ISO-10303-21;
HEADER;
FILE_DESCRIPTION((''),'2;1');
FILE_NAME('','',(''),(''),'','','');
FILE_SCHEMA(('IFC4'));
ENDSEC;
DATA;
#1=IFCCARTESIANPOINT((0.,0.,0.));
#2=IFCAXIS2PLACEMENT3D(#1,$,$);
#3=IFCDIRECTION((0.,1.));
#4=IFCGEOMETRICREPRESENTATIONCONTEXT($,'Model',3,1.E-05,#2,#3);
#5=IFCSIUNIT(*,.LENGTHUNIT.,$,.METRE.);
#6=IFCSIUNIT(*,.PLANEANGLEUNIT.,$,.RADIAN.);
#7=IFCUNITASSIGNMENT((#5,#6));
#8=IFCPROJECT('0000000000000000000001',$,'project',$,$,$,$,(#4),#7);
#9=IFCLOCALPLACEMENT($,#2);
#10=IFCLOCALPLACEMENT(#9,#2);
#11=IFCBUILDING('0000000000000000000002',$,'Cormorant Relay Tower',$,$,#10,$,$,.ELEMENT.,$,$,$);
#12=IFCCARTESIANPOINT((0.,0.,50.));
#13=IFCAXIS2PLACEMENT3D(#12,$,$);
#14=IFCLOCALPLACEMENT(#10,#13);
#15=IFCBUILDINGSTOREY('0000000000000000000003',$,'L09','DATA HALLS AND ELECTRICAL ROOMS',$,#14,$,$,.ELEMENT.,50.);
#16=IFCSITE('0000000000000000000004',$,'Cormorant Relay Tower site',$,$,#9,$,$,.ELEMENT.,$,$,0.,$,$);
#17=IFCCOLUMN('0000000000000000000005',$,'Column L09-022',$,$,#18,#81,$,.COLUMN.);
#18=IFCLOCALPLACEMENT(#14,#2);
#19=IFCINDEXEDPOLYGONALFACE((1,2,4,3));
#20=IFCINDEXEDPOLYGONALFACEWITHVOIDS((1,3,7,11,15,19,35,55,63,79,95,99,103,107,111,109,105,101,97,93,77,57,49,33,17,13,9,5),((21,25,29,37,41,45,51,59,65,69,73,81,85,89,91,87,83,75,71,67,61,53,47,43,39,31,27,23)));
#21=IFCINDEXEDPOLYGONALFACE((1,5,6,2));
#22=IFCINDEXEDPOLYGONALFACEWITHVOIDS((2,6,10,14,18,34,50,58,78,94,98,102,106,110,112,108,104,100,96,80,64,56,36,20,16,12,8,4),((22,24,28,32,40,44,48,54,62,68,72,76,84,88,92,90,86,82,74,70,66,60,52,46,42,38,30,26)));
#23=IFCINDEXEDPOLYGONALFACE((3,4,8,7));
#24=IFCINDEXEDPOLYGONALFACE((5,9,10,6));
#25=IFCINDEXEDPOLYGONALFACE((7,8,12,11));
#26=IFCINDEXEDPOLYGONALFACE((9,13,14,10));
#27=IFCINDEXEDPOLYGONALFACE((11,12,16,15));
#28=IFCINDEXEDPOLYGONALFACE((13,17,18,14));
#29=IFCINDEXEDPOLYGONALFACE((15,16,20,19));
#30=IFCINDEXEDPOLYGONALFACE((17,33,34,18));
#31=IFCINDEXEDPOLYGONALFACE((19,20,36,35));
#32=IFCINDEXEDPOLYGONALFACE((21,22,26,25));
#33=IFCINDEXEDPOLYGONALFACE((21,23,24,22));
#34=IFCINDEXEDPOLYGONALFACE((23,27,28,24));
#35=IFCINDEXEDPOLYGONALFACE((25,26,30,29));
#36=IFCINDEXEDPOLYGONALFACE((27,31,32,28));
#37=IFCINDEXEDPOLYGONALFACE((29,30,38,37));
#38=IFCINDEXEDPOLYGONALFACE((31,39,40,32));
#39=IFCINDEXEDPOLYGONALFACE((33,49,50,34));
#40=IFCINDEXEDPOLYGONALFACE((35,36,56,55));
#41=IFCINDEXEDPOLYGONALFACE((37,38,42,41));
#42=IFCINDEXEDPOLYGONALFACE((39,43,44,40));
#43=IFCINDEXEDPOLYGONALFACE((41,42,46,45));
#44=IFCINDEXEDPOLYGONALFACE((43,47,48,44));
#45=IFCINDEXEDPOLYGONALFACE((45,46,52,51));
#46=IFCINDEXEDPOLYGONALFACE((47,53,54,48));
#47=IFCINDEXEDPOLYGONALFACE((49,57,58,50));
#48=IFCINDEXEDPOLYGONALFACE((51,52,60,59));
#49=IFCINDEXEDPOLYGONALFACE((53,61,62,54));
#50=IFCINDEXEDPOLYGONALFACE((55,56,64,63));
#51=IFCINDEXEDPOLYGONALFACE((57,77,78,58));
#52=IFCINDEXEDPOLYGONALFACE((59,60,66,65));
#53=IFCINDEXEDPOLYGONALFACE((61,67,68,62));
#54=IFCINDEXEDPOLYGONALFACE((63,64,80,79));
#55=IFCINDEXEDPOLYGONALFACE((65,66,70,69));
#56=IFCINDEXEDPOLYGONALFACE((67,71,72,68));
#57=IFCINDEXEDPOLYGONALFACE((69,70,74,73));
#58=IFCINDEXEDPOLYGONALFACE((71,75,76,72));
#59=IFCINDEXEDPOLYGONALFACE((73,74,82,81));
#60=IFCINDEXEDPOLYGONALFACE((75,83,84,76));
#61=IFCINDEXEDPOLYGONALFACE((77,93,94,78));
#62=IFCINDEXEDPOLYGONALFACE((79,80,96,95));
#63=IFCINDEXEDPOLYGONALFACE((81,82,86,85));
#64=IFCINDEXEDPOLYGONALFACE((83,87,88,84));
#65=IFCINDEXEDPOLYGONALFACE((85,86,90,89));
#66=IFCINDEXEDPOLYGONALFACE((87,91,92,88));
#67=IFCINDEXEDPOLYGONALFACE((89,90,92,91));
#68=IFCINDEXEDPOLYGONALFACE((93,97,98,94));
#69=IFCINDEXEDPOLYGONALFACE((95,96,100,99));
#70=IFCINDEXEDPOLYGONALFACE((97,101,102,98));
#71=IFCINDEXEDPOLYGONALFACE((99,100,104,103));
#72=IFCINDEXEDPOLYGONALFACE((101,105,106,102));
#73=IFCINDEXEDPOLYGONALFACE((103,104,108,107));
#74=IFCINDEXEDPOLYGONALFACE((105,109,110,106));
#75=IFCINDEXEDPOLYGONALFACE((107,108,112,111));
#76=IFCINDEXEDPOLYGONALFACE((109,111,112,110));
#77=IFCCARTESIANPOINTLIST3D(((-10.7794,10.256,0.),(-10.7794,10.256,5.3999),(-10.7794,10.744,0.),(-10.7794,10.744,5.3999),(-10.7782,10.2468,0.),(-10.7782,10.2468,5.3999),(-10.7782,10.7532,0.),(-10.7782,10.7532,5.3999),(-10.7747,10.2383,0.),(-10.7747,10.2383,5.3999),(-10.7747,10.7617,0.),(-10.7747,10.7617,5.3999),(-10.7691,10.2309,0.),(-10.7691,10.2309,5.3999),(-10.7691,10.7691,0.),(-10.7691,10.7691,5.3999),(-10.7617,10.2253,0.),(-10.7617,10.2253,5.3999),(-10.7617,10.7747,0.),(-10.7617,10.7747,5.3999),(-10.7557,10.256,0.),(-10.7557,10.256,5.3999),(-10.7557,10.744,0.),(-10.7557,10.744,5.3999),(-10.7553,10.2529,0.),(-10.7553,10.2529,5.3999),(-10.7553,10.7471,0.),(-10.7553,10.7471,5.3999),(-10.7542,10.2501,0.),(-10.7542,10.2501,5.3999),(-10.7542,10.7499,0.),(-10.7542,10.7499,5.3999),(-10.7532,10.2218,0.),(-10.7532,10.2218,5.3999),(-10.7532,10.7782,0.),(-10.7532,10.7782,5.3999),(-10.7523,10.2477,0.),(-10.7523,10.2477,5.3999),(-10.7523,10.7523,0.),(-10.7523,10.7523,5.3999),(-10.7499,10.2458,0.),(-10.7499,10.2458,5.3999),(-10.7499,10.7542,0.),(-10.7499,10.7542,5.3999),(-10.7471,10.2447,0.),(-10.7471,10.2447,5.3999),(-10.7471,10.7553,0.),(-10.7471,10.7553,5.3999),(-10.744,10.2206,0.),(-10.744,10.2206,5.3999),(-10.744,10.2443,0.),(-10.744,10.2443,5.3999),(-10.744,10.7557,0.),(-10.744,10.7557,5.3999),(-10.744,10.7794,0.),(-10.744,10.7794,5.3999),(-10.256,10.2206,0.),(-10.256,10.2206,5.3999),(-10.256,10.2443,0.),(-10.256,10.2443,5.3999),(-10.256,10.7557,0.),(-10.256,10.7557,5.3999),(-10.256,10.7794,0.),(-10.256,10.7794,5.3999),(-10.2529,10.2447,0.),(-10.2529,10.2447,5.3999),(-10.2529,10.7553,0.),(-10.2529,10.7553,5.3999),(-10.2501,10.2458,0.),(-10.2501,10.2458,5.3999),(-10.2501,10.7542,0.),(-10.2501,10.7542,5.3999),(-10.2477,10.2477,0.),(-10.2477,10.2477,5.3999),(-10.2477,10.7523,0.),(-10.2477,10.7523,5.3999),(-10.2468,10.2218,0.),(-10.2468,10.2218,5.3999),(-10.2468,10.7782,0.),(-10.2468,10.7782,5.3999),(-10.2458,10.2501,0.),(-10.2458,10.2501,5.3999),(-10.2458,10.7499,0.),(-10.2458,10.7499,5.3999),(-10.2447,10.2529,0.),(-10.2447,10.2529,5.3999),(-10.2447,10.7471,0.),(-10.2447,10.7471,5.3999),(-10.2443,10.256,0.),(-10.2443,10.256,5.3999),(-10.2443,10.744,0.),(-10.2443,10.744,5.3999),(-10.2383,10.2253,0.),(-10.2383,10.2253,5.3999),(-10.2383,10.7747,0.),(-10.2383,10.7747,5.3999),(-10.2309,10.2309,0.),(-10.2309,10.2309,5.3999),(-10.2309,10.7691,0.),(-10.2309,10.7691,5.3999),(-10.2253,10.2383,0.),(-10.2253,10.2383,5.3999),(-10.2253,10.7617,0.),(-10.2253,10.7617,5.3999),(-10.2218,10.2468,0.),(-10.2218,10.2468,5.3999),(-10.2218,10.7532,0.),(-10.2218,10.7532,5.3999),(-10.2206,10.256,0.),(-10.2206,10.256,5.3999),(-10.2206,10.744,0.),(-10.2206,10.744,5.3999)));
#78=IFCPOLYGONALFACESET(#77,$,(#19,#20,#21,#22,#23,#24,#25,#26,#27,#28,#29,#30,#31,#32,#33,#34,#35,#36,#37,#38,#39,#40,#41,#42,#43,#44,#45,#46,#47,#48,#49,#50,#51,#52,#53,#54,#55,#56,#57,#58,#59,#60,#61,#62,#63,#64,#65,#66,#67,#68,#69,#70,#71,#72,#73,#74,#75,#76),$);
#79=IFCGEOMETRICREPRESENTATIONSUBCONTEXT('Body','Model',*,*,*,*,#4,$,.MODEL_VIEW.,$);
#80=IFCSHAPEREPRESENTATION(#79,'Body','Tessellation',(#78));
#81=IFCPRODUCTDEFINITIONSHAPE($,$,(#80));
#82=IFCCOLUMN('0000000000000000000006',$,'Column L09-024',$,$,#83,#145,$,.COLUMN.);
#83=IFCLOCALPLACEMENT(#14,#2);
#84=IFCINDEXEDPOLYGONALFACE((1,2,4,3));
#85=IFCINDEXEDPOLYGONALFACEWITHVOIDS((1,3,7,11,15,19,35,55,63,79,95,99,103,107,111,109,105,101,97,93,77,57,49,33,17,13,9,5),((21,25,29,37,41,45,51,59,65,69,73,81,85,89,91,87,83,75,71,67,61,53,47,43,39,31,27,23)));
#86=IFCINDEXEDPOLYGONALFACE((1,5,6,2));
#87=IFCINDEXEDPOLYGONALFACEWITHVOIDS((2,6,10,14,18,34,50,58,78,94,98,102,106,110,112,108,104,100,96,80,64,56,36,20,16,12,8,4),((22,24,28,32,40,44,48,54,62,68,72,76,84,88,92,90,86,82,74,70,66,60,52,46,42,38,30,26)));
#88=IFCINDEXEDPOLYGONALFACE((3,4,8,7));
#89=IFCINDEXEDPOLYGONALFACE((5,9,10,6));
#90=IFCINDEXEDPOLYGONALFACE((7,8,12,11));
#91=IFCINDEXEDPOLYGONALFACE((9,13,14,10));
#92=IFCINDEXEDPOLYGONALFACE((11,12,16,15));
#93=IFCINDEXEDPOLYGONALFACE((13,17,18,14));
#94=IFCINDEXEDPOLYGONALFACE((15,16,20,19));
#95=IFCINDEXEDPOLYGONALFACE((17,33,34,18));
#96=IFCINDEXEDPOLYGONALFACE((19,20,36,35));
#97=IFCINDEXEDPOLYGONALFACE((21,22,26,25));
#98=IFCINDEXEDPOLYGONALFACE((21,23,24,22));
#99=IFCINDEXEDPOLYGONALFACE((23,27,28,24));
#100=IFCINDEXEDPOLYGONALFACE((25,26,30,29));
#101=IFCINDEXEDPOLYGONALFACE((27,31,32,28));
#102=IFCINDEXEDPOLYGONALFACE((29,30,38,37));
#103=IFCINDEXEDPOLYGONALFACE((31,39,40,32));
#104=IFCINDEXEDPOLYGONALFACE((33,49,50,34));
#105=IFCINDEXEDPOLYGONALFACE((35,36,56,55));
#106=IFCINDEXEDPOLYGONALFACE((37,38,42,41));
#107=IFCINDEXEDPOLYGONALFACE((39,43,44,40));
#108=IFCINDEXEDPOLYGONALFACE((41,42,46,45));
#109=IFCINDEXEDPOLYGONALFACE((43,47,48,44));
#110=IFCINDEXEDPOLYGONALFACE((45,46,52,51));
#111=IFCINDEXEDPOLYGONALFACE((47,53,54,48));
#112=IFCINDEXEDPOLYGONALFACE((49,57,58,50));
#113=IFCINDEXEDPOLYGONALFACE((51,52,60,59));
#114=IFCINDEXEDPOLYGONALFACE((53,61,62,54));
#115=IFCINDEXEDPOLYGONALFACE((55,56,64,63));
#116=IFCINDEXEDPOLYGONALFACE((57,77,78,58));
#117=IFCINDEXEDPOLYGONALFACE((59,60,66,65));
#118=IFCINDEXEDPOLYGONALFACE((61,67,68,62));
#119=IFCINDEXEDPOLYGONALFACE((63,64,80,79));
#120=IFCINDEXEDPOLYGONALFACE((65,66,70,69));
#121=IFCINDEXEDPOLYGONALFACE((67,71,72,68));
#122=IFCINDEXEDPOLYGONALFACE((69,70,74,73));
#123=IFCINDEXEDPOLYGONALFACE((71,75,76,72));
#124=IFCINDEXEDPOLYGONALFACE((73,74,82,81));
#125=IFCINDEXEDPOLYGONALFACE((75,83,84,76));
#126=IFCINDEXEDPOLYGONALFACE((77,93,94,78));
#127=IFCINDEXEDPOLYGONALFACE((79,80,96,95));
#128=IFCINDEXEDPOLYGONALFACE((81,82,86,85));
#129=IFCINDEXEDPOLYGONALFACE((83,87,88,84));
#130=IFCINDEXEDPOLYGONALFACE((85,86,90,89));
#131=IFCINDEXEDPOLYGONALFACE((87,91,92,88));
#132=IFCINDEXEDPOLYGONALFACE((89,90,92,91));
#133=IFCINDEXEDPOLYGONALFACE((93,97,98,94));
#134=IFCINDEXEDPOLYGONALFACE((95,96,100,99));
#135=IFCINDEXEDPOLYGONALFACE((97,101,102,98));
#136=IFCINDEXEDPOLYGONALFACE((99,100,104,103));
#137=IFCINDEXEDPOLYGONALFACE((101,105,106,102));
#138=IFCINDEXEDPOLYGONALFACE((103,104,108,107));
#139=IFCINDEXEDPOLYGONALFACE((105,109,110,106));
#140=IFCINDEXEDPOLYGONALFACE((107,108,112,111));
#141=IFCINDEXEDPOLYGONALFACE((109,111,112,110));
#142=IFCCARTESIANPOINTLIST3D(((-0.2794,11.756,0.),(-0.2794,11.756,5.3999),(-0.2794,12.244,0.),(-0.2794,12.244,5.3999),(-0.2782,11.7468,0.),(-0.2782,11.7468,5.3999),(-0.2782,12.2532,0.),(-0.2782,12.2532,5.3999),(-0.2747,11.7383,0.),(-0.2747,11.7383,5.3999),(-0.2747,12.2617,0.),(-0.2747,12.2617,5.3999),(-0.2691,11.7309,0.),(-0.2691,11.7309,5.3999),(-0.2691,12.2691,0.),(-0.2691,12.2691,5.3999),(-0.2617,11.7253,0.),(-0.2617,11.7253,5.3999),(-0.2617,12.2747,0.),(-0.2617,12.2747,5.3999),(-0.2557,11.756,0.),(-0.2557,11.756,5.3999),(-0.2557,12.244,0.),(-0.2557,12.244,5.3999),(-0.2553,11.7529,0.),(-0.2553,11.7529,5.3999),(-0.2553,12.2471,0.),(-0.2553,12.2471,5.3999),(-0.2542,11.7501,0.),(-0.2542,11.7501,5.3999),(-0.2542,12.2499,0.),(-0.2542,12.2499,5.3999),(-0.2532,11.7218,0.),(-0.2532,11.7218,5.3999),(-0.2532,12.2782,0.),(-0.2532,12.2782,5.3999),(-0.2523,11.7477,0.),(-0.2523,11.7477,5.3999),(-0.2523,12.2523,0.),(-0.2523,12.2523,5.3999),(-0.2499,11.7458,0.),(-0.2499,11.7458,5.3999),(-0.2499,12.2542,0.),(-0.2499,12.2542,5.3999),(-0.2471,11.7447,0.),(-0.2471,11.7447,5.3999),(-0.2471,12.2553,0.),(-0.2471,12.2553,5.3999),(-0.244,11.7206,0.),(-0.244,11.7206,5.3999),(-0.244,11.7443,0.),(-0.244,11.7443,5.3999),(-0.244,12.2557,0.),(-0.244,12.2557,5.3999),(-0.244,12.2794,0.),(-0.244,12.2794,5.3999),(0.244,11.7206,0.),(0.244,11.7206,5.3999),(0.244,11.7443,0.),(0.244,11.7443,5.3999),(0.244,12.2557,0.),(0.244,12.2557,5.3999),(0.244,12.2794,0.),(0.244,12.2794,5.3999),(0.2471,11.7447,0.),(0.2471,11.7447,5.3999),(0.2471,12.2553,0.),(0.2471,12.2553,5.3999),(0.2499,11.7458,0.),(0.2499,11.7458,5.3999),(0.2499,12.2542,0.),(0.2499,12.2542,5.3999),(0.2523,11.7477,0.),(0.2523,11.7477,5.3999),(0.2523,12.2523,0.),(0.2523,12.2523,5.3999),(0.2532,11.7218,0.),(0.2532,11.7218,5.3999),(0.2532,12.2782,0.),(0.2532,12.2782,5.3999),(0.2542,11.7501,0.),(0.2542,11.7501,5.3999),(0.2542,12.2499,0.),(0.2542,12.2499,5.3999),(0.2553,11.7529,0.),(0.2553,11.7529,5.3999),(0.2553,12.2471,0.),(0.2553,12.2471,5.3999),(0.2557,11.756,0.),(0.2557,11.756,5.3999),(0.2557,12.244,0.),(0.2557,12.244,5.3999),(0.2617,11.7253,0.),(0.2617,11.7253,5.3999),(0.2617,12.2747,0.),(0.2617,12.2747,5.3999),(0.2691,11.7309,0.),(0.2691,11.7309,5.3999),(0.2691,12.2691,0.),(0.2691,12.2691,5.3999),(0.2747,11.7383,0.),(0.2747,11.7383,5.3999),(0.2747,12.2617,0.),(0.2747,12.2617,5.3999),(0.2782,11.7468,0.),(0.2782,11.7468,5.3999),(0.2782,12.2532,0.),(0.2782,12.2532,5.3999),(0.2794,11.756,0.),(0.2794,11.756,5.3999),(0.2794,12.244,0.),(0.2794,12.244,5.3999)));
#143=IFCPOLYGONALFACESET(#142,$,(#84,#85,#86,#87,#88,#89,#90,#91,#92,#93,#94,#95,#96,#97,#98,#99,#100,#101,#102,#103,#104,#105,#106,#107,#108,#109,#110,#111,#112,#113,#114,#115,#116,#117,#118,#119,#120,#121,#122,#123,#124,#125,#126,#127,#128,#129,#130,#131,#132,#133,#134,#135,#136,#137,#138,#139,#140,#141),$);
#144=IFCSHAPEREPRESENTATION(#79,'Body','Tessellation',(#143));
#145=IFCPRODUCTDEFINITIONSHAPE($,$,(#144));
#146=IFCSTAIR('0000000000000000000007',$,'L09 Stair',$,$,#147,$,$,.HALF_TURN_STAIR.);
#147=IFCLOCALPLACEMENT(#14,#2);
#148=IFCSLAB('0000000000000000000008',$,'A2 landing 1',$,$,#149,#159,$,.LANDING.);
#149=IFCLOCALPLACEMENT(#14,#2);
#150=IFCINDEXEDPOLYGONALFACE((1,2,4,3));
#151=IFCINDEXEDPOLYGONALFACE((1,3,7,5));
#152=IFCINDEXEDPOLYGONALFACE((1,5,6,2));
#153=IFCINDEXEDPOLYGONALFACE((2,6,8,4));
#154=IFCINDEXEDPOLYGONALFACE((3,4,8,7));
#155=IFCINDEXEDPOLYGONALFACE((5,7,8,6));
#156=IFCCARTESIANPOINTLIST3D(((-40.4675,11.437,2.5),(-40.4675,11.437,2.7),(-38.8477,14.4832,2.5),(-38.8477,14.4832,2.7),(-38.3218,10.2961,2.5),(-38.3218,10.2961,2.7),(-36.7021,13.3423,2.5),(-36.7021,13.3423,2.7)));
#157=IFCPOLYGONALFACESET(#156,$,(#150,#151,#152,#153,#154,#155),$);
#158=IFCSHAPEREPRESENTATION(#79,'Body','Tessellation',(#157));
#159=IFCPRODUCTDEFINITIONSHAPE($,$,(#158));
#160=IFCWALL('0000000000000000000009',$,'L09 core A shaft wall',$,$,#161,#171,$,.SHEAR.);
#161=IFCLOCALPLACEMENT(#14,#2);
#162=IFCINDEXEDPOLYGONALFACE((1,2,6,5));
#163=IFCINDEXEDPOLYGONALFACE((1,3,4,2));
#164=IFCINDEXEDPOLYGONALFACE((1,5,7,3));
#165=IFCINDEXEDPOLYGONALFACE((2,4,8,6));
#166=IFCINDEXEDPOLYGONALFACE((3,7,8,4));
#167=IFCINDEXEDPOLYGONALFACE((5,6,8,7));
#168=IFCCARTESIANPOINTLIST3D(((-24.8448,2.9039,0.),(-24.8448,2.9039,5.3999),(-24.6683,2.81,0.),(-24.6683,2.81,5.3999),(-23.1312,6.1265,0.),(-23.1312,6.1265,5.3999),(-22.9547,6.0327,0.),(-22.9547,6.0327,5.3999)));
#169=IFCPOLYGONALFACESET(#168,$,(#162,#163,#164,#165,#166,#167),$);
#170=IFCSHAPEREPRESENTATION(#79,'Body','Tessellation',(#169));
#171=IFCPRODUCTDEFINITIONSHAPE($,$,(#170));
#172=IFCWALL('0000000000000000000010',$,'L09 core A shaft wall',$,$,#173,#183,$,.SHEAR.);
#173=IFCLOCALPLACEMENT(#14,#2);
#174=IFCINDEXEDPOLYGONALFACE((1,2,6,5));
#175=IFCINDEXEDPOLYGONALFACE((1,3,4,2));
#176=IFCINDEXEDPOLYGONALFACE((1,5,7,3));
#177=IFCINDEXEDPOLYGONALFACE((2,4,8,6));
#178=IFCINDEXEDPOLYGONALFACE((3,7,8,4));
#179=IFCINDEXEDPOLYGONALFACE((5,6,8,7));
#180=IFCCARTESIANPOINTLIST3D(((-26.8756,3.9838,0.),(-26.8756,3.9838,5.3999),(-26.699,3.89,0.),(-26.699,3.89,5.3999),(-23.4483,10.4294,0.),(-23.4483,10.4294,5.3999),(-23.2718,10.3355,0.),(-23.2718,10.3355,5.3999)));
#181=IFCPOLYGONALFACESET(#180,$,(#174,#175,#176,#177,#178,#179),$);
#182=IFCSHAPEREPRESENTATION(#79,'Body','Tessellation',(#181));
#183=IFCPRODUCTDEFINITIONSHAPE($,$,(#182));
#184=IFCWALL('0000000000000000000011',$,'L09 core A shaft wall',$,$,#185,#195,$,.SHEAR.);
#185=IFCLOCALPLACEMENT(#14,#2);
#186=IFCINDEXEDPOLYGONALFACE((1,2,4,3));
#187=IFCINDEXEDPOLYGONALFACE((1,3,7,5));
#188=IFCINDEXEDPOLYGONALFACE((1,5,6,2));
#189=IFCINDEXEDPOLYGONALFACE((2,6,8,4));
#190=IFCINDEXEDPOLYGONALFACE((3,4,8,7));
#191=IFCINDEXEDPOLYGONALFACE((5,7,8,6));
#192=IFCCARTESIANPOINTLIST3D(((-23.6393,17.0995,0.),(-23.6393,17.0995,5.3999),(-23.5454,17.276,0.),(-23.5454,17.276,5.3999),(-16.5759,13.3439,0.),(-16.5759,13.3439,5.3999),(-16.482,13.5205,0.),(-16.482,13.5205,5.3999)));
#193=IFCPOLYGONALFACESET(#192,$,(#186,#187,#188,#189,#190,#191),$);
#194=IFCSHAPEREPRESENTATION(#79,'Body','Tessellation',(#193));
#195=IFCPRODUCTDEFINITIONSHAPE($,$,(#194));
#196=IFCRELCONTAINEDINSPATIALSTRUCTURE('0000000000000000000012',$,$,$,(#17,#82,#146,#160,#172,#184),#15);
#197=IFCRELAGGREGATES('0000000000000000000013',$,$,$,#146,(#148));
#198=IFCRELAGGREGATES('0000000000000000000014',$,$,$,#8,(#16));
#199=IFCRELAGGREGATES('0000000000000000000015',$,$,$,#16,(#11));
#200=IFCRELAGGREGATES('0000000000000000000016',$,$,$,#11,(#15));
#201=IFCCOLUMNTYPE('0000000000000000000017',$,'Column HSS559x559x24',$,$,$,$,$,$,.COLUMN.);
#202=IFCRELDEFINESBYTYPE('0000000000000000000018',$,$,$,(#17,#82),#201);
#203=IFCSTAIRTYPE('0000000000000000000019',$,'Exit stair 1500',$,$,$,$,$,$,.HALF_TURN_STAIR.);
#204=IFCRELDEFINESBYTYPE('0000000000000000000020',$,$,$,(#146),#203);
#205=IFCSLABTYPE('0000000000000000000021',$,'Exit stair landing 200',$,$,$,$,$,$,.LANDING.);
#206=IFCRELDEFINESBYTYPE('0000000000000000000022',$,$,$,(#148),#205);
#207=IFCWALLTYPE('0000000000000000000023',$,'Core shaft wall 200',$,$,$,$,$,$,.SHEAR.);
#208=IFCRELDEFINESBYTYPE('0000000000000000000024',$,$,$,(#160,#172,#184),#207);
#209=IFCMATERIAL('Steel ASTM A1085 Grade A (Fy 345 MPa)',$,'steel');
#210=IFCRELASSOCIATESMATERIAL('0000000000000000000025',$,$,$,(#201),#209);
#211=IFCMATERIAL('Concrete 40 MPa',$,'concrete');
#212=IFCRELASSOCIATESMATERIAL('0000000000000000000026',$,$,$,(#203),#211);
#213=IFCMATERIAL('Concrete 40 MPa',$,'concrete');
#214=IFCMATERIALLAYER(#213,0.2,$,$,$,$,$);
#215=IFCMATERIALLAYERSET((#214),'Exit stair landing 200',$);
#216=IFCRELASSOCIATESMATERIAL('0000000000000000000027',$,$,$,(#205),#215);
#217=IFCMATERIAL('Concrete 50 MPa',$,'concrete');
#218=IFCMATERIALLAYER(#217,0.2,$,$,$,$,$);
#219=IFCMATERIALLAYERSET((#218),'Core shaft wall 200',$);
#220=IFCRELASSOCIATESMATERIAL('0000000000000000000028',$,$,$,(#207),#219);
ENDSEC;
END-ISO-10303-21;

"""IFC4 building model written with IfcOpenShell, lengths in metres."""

from ifc_helpers import new_model, si_unit, direction, frame, frame_2d, origin, origin_2d, place, context, subcontext, project, spatial, polyline, rectangle, hollow_rectangle, outline, extrude, material, layer, layer_set, material_profile, profile_set, type_object, element, aggregate, save


model = new_model("IFC4")

# Units and contexts
model_context = context("Model", 3, precision=1e-05, world=origin(), true_north=direction((0.0, 1.0)))
body_context = subcontext(model_context, "Body", "Model", "MODEL_VIEW")
ifc_project = project(units=[si_unit("LENGTHUNIT", "METRE"), si_unit("PLANEANGLEUNIT", "RADIAN")], contexts=[model_context])

# Site, building, storey
site_placement = place(None, origin())
site = spatial("IfcSite", under=ifc_project, at=site_placement, Name="Cormorant Relay Tower site", CompositionType="ELEMENT", RefElevation=0.0)
building_placement = place(site_placement, origin())
building = spatial("IfcBuilding", under=site, at=building_placement, Name="Cormorant Relay Tower", CompositionType="ELEMENT")
storey_placement = place(building_placement, frame((0.0, 0.0, 50.0)))
storey = spatial("IfcBuildingStorey", under=building, at=storey_placement, Name="L09", Description="DATA HALLS AND ELECTRICAL ROOMS", CompositionType="ELEMENT", Elevation=50.0)

# Columns
ifc_material_1 = material(Name="Steel ASTM A1085 Grade A (Fy 345 MPa)", Category="steel")
ifc_material_profile = material_profile(ifc_material_1, hollow_rectangle(XDim=0.5588, YDim=0.5588, WallThickness=0.0237, InnerFilletRadius=0.0117, OuterFilletRadius=0.0354, at=origin_2d()), Name="HSS559x559x24")
ifc_profile_set = profile_set([ifc_material_profile], Name="Steel ASTM A1085 Grade A (Fy 345 MPa)")
column_type = type_object("IfcColumnType", Name="Column HSS559x559x24", PredefinedType="COLUMN", material=ifc_profile_set)
for number, where, z_axis, x_axis, name in (
    (1, (-10.5, 10.5, 0.0), (0.0, 0.0, 1.0), (1.0, 0.0, 0.0), "Column L09-022"),
    (2, (0.0, 12.0, 0.0), (0.0, 0.0, 1.0), (1.0, 0.0, 0.0), "Column L09-024"),
):
    element("IfcColumn", number, at=place(storey_placement, frame(where, z_axis=z_axis, x_axis=x_axis)), inside=storey, type_object=column_type, Name=name, PredefinedType="COLUMN", context=body_context, shape_type="SweptSolid", body=[
        extrude(hollow_rectangle(XDim=0.5588, YDim=0.5588, WallThickness=0.0237, InnerFilletRadius=0.0117, OuterFilletRadius=0.0354, at=origin_2d()), origin(), (0.0, 0.0, 1.0), 5.3999),
    ])

# Stair, slab
ifc_material_2 = material(Name="Concrete 40 MPa", Category="concrete")
stair_type = type_object("IfcStairType", Name="Exit stair 1500", PredefinedType="HALF_TURN_STAIR", material=ifc_material_2)
stair_placement = place(storey_placement, origin())
stair = element("IfcStair", 3, at=stair_placement, inside=storey, type_object=stair_type, Name="L09 Stair", PredefinedType="HALF_TURN_STAIR")
ifc_material_3 = material(Name="Concrete 40 MPa", Category="concrete")
ifc_layer_1 = layer(ifc_material_3, 0.2)
ifc_layer_set_1 = layer_set([ifc_layer_1], Name="Exit stair landing 200")
slab_type = type_object("IfcSlabType", Name="Exit stair landing 200", PredefinedType="LANDING", material=ifc_layer_set_1)
slab_placement = place(storey_placement, frame((0.0, 0.0, 2.5)))
slab = element("IfcSlab", 4, at=slab_placement, type_object=slab_type, Name="A2 landing 1", PredefinedType="LANDING", context=body_context, shape_type="SweptSolid", body=[
    extrude(outline(polyline([(-36.7021, 13.3423), (-38.8477, 14.4832), (-40.4675, 11.437), (-38.3218, 10.2961), (-36.7021, 13.3423)])), origin(), (0.0, 0.0, 1.0), 0.2),
])
aggregate(stair, [slab])

# Walls
ifc_material_4 = material(Name="Concrete 50 MPa", Category="concrete")
ifc_layer_2 = layer(ifc_material_4, 0.2)
ifc_layer_set_2 = layer_set([ifc_layer_2], Name="Core shaft wall 200")
wall_type_1 = type_object("IfcWallType", Name="Core shaft wall 200", PredefinedType="SHEAR", material=ifc_layer_set_2)
wall_1_placement = place(storey_placement, frame((-23.043, 6.0796, 0.0), z_axis=(0.0, 0.0, 1.0), x_axis=(-0.469494, -0.882936, 0.0)))
element("IfcWall", 5, at=wall_1_placement, inside=storey, type_object=wall_type_1, Name="L09 core A shaft wall", PredefinedType="SHEAR", context=body_context, shape_type="SweptSolid", body=[
    extrude(rectangle(XDim=3.6499, YDim=0.2, at=frame_2d((1.825, 0.0))), origin(), (0.0, 0.0, 1.0), 5.3999),
])
wall_2_placement = place(storey_placement, frame((-23.3601, 10.3823, 0.0), z_axis=(0.0, 0.0, 1.0), x_axis=(-0.46948, -0.882943, 0.0)))
element("IfcWall", 6, at=wall_2_placement, inside=storey, type_object=wall_type_1, Name="L09 core A shaft wall", PredefinedType="SHEAR", context=body_context, shape_type="SweptSolid", body=[
    extrude(rectangle(XDim=7.3, YDim=0.2, at=frame_2d((3.6499, 0.0))), origin(), (0.0, 0.0, 1.0), 5.3999),
])
wall_3_placement = place(storey_placement, frame((-16.5288, 13.4321, 0.0), z_axis=(0.0, 0.0, 1.0), x_axis=(-0.882953, 0.469462, 0.0)))
element("IfcWall", 7, at=wall_3_placement, inside=storey, type_object=wall_type_1, Name="L09 core A shaft wall", PredefinedType="SHEAR", context=body_context, shape_type="SweptSolid", body=[
    extrude(rectangle(XDim=7.9998, YDim=0.2, at=frame_2d((4.0, 0.0))), origin(), (0.0, 0.0, 1.0), 5.3999),
])

save(model, "model.ifc")
